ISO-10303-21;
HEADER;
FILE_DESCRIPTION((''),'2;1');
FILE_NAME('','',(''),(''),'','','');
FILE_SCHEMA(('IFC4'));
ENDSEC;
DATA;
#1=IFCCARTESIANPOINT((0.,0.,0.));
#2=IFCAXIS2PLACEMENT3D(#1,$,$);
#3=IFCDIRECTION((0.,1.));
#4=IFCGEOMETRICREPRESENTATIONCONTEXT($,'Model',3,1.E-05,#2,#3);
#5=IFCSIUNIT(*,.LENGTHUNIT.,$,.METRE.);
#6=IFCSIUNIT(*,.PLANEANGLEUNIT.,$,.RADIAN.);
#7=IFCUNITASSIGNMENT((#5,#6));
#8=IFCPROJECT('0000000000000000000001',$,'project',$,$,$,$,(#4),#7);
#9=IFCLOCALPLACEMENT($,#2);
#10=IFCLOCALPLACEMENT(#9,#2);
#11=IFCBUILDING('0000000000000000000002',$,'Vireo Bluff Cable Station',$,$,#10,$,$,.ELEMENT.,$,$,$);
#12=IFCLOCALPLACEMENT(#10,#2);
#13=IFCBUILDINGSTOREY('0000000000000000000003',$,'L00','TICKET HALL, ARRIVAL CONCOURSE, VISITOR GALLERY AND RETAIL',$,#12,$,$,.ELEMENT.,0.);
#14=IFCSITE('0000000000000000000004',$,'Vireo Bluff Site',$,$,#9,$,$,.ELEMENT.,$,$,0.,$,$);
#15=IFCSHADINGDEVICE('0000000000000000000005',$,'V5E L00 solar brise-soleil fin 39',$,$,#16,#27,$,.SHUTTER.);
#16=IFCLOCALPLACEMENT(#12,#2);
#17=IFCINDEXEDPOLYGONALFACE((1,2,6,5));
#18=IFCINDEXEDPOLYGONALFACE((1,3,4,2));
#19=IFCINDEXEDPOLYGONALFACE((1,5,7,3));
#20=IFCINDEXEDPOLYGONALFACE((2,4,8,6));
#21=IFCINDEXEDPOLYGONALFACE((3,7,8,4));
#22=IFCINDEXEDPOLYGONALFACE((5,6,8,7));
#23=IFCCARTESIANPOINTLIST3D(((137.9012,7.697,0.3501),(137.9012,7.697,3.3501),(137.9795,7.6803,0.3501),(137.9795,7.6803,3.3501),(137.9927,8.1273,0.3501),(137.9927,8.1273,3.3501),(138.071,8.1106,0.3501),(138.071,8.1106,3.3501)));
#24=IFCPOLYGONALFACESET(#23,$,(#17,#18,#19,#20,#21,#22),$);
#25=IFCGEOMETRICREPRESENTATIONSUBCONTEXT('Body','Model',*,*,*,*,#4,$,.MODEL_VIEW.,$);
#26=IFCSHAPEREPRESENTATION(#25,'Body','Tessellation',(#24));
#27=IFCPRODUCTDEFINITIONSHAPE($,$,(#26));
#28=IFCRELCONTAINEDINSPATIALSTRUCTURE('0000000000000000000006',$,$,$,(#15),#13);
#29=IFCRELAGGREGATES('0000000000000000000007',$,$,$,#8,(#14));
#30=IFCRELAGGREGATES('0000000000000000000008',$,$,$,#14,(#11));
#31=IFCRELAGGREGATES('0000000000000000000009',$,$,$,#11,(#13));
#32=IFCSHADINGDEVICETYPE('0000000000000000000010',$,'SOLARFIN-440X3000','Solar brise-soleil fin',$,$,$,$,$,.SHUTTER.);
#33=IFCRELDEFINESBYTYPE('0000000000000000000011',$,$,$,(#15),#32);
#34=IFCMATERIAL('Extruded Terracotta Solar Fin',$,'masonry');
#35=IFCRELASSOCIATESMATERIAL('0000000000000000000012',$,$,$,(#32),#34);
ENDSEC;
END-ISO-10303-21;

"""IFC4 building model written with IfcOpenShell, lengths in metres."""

from ifc_helpers import new_model, si_unit, direction, frame, origin, origin_2d, place, context, subcontext, project, spatial, rectangle, extrude, material, type_object, element, save


model = new_model("IFC4")

# Units and contexts
model_context = context("Model", 3, precision=1e-05, world=origin(), true_north=direction((0.0, 1.0)))
body_context = subcontext(model_context, "Body", "Model", "MODEL_VIEW")
ifc_project = project(units=[si_unit("LENGTHUNIT", "METRE"), si_unit("PLANEANGLEUNIT", "RADIAN")], contexts=[model_context])

# Site, building, storey
site_placement = place(None, origin())
site = spatial("IfcSite", under=ifc_project, at=site_placement, Name="Vireo Bluff Site", CompositionType="ELEMENT", RefElevation=0.0)
building_placement = place(site_placement, origin())
building = spatial("IfcBuilding", under=site, at=building_placement, Name="Vireo Bluff Cable Station", CompositionType="ELEMENT")
storey_placement = place(building_placement, origin())
storey = spatial("IfcBuildingStorey", under=building, at=storey_placement, Name="L00", Description="TICKET HALL, ARRIVAL CONCOURSE, VISITOR GALLERY AND RETAIL", CompositionType="ELEMENT", Elevation=0.0)

# Shading device
ifc_material_1 = material(Name="Extruded Terracotta Solar Fin", Category="masonry")
shading_device_type = type_object("IfcShadingDeviceType", Name="SOLARFIN-440X3000", Description="Solar brise-soleil fin", PredefinedType="SHUTTER", material=ifc_material_1)
shading_device_placement = place(storey_placement, frame((137.9861, 7.9038, 0.3501), z_axis=(0.0, 0.0, 1.0), x_axis=(-0.978148, 0.207912, 0.0)))
element("IfcShadingDevice", 1, at=shading_device_placement, inside=storey, type_object=shading_device_type, Name="V5E L00 solar brise-soleil fin 39", PredefinedType="SHUTTER", context=body_context, shape_type="SweptSolid", body=[
    extrude(rectangle(XDim=0.0801, YDim=0.4399, at=origin_2d()), origin(), (0.0, 0.0, 1.0), 3.0),
])

save(model, "model.ifc")
